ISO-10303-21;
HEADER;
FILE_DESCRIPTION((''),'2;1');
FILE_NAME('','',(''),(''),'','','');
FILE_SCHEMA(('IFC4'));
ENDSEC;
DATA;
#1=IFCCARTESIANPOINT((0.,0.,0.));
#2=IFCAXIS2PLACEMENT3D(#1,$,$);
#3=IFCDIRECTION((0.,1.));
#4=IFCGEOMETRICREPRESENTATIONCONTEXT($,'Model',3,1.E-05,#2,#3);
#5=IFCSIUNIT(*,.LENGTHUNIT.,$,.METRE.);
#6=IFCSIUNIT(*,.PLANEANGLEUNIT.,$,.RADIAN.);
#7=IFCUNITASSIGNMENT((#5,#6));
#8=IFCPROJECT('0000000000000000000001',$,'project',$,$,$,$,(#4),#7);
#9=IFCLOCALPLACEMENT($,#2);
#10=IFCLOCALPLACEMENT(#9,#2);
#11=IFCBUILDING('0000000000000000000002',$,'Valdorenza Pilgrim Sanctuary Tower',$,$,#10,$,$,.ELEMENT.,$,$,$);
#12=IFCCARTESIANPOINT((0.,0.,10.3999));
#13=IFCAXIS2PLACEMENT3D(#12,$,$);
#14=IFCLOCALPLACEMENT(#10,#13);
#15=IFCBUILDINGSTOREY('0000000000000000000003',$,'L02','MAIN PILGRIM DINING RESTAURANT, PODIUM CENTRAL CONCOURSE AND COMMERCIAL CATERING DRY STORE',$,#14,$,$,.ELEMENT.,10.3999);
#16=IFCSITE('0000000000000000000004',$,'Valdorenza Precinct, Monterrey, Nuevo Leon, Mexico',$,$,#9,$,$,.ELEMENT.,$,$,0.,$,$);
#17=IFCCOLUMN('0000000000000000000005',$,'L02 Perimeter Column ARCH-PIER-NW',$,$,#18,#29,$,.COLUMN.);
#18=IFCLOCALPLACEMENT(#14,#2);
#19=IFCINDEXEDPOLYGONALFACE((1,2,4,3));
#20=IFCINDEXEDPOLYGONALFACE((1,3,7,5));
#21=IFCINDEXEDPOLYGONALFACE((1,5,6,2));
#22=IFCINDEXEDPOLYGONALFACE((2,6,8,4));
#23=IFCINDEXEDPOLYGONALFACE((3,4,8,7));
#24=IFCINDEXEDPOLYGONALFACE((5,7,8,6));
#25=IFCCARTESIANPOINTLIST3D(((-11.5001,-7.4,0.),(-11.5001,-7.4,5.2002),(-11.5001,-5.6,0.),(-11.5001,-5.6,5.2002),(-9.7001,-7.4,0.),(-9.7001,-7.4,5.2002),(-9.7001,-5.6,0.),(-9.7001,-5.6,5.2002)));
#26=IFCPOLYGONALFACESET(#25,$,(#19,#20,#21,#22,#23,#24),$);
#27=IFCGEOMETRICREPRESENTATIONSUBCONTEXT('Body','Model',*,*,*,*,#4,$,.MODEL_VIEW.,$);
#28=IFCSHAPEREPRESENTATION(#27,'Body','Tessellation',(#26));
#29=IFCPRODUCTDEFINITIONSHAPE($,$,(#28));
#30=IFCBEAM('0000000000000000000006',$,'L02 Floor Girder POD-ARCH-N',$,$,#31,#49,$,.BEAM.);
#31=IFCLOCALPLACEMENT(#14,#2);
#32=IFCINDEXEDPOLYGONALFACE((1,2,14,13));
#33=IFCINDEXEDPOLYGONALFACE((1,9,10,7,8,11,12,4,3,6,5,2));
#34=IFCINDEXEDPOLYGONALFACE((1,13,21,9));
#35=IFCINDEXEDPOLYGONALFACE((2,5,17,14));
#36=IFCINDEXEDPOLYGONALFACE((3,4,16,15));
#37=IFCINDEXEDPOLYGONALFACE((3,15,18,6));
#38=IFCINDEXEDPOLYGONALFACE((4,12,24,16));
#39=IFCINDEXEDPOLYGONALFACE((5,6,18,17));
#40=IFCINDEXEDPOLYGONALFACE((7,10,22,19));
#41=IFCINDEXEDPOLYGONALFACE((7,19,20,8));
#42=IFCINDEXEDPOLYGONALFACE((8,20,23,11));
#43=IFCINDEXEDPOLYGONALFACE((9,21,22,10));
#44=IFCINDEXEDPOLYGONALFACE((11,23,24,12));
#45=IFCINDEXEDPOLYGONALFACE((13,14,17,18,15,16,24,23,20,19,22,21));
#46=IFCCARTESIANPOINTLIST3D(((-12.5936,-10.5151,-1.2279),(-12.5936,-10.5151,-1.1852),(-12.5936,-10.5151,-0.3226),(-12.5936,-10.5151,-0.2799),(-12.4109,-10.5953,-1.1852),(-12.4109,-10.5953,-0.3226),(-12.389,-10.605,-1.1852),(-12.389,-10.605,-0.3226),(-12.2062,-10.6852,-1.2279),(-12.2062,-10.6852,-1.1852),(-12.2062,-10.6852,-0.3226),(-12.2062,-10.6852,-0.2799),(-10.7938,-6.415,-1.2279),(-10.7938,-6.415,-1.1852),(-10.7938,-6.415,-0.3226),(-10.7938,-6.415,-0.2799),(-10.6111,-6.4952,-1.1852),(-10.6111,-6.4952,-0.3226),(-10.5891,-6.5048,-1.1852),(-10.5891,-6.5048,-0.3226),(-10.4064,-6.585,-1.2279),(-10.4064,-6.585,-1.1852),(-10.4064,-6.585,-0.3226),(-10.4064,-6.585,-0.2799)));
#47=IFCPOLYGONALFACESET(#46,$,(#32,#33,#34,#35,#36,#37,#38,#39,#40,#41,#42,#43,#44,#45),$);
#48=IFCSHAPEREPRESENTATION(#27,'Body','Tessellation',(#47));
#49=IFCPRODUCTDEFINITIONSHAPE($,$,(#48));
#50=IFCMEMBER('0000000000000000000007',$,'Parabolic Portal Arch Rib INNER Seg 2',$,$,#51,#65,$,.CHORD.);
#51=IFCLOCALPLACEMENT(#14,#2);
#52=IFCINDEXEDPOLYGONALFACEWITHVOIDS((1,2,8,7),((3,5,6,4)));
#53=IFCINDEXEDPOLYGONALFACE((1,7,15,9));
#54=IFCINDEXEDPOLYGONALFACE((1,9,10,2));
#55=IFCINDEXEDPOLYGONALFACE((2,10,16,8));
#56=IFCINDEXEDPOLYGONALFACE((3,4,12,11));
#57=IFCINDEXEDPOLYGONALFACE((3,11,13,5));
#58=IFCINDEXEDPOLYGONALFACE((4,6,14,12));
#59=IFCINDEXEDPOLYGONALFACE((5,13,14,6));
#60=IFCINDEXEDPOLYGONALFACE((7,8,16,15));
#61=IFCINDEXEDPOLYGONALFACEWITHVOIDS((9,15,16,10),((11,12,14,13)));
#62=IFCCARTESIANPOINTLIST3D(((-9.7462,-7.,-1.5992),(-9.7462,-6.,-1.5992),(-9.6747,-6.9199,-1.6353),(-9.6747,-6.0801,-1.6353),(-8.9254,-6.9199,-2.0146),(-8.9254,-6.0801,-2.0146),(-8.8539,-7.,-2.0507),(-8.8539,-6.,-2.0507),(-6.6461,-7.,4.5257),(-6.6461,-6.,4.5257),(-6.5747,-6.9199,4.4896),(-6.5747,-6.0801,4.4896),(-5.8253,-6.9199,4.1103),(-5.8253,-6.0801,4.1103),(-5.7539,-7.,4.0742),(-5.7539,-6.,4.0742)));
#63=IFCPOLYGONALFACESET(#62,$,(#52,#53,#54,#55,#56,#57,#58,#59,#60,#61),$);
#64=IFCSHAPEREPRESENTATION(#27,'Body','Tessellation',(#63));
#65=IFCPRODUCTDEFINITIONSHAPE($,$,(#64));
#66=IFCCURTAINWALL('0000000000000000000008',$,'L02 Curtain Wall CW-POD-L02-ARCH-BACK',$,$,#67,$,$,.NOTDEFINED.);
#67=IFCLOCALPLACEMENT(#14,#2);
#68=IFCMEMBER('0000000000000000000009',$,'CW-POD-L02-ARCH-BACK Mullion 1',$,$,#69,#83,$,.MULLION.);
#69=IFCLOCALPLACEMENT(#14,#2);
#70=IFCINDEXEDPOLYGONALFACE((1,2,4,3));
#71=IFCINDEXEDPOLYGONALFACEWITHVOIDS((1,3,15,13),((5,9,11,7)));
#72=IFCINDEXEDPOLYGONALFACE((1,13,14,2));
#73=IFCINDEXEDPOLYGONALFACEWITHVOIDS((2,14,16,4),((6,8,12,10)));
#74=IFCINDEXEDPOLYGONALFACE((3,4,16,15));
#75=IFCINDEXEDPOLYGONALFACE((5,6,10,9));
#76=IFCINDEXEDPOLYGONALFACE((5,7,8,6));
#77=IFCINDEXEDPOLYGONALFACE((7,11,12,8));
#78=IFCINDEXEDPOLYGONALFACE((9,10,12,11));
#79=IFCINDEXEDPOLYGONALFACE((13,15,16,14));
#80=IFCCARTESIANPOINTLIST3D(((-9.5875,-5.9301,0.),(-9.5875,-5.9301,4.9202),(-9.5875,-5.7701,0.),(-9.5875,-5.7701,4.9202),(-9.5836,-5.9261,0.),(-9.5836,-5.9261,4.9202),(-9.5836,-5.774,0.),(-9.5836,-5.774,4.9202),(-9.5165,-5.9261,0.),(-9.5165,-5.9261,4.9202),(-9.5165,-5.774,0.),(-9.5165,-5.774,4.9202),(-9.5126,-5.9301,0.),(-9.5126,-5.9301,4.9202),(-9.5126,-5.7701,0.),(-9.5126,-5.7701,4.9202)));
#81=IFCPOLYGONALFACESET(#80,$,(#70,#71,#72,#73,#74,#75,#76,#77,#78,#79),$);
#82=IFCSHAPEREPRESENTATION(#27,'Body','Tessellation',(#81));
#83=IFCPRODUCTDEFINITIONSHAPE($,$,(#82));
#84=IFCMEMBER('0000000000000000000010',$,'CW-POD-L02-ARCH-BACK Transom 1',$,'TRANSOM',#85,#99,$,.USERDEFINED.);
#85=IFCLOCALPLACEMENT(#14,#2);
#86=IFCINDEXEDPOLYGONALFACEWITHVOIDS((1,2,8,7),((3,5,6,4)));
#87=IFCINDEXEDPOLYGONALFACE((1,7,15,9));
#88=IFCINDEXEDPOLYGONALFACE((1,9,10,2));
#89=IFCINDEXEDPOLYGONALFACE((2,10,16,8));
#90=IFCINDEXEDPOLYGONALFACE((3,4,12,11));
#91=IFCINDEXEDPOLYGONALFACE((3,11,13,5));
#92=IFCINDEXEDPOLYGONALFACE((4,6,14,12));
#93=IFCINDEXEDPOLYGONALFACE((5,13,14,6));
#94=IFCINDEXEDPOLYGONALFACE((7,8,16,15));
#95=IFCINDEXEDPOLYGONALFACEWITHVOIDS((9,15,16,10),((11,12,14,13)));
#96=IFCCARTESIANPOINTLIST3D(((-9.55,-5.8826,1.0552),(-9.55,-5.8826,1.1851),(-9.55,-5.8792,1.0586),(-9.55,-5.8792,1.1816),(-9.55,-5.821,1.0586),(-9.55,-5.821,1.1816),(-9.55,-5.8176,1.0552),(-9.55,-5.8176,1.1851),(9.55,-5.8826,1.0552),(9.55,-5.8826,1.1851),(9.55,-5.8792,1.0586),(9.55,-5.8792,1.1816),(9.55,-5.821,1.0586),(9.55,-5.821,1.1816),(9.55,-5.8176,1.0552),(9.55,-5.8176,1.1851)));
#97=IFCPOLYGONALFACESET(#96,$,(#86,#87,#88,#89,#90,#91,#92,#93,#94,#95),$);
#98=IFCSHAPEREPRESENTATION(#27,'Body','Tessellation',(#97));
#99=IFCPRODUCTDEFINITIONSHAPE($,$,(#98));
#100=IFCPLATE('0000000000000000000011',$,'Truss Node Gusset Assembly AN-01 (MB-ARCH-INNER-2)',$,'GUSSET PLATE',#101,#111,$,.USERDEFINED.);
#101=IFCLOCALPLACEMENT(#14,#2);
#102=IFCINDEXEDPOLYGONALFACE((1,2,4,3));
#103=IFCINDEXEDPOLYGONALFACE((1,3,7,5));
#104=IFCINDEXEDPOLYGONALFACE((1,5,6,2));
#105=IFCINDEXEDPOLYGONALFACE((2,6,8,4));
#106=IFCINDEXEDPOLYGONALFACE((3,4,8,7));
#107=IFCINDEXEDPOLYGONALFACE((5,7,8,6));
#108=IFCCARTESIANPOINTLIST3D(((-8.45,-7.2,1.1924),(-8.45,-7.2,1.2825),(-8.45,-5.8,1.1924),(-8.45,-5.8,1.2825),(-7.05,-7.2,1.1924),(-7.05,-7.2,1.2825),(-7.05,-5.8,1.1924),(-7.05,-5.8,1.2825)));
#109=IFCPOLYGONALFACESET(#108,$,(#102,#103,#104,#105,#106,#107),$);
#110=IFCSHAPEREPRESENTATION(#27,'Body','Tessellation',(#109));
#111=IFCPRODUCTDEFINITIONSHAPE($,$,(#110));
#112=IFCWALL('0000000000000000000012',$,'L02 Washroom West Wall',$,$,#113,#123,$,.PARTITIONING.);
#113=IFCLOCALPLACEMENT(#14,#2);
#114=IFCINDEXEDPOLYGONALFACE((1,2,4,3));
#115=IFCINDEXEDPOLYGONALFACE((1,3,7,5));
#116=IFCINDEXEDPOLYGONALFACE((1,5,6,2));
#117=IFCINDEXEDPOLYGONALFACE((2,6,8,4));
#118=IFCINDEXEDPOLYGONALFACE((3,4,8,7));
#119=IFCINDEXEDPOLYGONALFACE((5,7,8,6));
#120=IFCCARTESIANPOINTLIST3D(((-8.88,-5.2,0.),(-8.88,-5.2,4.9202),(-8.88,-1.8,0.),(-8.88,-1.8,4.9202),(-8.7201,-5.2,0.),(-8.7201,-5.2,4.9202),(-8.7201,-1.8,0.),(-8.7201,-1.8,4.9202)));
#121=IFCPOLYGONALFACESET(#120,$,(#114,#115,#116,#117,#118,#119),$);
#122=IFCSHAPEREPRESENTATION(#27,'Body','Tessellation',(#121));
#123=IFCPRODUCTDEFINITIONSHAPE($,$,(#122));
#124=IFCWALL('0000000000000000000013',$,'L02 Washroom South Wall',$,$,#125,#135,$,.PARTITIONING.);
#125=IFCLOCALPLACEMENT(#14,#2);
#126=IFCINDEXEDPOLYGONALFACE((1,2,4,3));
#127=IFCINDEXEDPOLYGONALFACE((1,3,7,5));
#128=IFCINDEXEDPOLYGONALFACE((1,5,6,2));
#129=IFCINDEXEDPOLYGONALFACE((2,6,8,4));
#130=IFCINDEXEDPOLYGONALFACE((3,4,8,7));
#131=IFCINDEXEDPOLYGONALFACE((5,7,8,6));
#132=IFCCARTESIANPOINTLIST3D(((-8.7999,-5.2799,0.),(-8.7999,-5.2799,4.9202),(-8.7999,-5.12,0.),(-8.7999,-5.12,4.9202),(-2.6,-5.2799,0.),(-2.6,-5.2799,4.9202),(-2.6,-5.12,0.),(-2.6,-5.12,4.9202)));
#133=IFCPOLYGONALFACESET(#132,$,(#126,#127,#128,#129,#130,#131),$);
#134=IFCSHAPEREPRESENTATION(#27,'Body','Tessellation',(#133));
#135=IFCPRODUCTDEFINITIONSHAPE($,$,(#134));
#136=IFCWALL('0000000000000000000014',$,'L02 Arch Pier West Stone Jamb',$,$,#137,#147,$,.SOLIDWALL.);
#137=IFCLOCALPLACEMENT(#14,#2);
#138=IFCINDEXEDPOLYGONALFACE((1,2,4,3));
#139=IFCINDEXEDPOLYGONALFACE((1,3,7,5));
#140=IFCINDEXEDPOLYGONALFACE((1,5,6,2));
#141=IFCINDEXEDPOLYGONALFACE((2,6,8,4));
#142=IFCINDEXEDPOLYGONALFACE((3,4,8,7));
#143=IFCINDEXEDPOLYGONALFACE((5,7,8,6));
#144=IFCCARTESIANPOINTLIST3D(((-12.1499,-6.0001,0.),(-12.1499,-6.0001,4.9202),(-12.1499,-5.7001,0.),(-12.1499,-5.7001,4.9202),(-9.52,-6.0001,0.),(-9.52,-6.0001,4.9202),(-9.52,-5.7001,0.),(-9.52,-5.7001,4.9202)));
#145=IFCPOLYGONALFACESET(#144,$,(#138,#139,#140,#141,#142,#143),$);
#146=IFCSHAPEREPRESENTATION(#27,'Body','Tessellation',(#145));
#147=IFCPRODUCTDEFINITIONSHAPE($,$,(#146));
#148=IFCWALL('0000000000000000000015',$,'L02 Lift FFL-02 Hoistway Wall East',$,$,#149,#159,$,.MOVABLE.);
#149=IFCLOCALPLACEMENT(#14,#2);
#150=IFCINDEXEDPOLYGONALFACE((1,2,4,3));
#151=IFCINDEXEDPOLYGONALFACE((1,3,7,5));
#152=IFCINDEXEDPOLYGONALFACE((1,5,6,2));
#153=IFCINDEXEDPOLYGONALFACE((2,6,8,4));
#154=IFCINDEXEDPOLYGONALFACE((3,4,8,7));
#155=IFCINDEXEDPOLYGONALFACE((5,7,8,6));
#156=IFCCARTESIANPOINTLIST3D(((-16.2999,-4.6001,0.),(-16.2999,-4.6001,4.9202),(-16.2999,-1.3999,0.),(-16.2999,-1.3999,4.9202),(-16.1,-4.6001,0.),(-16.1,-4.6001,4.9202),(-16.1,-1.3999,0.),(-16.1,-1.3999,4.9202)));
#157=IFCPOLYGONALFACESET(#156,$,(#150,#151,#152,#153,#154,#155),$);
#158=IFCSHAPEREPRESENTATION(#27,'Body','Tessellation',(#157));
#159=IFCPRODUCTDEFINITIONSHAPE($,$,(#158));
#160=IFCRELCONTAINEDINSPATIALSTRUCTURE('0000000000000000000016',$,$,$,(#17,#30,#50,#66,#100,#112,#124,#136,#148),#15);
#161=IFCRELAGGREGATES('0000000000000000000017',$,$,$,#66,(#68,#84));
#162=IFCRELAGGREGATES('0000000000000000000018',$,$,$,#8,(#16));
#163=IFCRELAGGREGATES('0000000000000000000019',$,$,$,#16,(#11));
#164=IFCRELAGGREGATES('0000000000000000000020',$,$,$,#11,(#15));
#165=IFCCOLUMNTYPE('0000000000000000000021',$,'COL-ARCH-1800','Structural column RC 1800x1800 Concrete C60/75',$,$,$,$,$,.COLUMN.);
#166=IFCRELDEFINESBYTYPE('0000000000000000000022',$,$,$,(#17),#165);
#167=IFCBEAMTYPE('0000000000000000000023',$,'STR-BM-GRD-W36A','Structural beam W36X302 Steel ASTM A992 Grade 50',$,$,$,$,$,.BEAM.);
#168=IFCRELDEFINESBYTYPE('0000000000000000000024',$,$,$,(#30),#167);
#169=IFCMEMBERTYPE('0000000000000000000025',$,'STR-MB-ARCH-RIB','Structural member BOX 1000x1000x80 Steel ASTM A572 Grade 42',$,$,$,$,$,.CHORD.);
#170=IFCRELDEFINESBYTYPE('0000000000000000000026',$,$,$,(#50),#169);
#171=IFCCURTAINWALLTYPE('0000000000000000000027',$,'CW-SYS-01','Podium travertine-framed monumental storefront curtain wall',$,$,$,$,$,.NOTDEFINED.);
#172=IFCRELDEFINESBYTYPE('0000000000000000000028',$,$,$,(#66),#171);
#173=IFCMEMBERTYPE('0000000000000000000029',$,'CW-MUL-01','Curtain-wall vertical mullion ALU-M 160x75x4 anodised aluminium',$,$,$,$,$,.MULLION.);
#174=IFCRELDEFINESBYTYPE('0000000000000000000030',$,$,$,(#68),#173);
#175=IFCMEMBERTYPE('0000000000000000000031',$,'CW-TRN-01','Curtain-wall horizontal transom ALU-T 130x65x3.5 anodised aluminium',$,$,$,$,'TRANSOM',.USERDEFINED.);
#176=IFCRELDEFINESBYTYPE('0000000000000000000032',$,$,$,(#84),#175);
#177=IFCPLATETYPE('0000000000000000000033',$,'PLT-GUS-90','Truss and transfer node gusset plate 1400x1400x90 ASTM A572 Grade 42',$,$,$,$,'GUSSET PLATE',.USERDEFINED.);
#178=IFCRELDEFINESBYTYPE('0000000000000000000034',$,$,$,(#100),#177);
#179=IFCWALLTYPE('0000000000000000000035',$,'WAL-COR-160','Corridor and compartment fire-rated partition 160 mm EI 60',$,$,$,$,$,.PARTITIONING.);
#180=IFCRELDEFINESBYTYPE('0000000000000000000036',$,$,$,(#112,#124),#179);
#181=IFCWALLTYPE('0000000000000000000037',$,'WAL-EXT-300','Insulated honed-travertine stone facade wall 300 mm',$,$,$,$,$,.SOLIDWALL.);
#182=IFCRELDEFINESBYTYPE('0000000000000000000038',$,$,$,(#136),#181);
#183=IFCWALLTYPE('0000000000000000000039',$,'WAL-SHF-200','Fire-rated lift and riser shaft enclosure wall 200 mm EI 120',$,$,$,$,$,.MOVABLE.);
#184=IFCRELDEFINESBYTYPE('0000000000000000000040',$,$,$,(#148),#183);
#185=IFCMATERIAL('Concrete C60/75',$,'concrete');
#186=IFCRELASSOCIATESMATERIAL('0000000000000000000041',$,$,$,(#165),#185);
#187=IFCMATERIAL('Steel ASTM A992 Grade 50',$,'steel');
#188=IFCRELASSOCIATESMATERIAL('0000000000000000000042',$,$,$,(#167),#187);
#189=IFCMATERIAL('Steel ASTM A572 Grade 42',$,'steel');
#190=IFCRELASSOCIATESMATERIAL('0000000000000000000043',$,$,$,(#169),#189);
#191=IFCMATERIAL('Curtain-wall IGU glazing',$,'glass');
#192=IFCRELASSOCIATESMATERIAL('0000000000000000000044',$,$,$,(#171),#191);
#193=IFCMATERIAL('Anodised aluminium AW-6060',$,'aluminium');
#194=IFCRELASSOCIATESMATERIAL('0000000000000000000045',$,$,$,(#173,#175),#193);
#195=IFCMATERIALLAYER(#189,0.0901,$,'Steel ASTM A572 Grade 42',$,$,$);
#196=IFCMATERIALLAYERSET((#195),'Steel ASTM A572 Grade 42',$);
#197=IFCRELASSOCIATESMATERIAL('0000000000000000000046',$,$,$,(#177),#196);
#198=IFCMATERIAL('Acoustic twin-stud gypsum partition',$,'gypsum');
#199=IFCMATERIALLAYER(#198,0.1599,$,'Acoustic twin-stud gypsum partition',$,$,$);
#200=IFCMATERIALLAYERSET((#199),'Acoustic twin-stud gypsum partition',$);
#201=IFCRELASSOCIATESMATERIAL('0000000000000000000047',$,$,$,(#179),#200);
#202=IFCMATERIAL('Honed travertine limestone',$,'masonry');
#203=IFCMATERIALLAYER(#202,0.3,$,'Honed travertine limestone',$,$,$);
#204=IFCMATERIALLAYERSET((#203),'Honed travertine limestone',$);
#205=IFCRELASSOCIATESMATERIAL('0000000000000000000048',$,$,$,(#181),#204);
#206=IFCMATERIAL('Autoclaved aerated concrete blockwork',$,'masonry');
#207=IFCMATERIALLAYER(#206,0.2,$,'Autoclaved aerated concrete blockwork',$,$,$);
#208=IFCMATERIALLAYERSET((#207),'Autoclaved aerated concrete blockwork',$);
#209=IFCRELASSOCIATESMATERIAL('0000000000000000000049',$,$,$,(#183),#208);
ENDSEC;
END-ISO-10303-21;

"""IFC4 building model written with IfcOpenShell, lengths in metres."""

from ifc_helpers import new_model, si_unit, direction, frame, frame_2d, origin, origin_2d, place, context, subcontext, project, spatial, rectangle, hollow_rectangle, i_section, extrude, source, transform, mapped, material, layer, layer_set, material_profile, profile_set, type_object, element, aggregate, save


model = new_model("IFC4")

# Units and contexts
model_context = context("Model", 3, precision=1e-05, world=origin(), true_north=direction((0.0, 1.0)))
body_context = subcontext(model_context, "Body", "Model", "MODEL_VIEW")
ifc_project = project(units=[si_unit("LENGTHUNIT", "METRE"), si_unit("PLANEANGLEUNIT", "RADIAN")], contexts=[model_context])

# Site, building, storey
site_placement = place(None, origin())
site = spatial("IfcSite", under=ifc_project, at=site_placement, Name="Valdorenza Precinct, Monterrey, Nuevo Leon, Mexico", CompositionType="ELEMENT", RefElevation=0.0)
building_placement = place(site_placement, origin())
building = spatial("IfcBuilding", under=site, at=building_placement, Name="Valdorenza Pilgrim Sanctuary Tower", CompositionType="ELEMENT")
storey_placement = place(building_placement, frame((0.0, 0.0, 10.3999)))
storey = spatial("IfcBuildingStorey", under=building, at=storey_placement, Name="L02", Description="MAIN PILGRIM DINING RESTAURANT, PODIUM CENTRAL CONCOURSE AND COMMERCIAL CATERING DRY STORE", CompositionType="ELEMENT", Elevation=10.3999)

# Column
ifc_material_1 = material(Name="Concrete C60/75", Category="concrete")
ifc_material_profile_1 = material_profile(ifc_material_1, rectangle(XDim=1.8, YDim=1.8, at=origin_2d()), Name="RC 1800x1800")
ifc_profile_set_1 = profile_set([ifc_material_profile_1], Name="Concrete C60/75")
column_type = type_object("IfcColumnType", Name="COL-ARCH-1800", Description="Structural column RC 1800x1800 Concrete C60/75", PredefinedType="COLUMN", material=ifc_profile_set_1)
shared_shape_1 = source(origin(), body_context, "Body", "SweptSolid", [
    extrude(rectangle(XDim=1.8, YDim=1.8, at=origin_2d()), origin(), (0.0, 0.0, 1.0), 5.2002),
])
column_placement = place(storey_placement, frame((-10.6001, -6.5, 0.0), z_axis=(0.0, 0.0, 1.0), x_axis=(1.0, 0.0, 0.0)))
element("IfcColumn", 1, at=column_placement, inside=storey, type_object=column_type, Name="L02 Perimeter Column ARCH-PIER-NW", PredefinedType="COLUMN", context=body_context, shape_type="MappedRepresentation", body=[
    mapped(shared_shape_1, transform((0.0, 0.0, 0.0), x_axis=(1.0, 0.0, 0.0), y_axis=(0.0, 1.0, 0.0), z_axis=(0.0, 0.0, 1.0), scale=1.0)),
])

# Beam
ifc_material_2 = material(Name="Steel ASTM A992 Grade 50", Category="steel")
ifc_material_profile_2 = material_profile(ifc_material_2, i_section(OverallWidth=0.4231, OverallDepth=0.948, WebThickness=0.0239, FlangeThickness=0.0427, at=origin_2d()), Name="W36X302")
ifc_profile_set_2 = profile_set([ifc_material_profile_2], Name="Steel ASTM A992 Grade 50")
beam_type = type_object("IfcBeamType", Name="STR-BM-GRD-W36A", Description="Structural beam W36X302 Steel ASTM A992 Grade 50", PredefinedType="BEAM", material=ifc_profile_set_2)
shared_shape_2 = source(origin(), body_context, "Body", "SweptSolid", [
    extrude(i_section(OverallWidth=0.4231, OverallDepth=0.948, WebThickness=0.0239, FlangeThickness=0.0427, at=origin_2d()), origin(), (0.0, 0.0, 1.0), 4.4778),
])
beam_placement = place(storey_placement, frame((-10.6001, -6.5, -0.7539), z_axis=(-0.401945, -0.915664, 0.0), x_axis=(0.915664, -0.401945, 0.0)))
element("IfcBeam", 2, at=beam_placement, inside=storey, type_object=beam_type, Name="L02 Floor Girder POD-ARCH-N", PredefinedType="BEAM", context=body_context, shape_type="MappedRepresentation", body=[
    mapped(shared_shape_2, transform((0.0, 0.0, 0.0), x_axis=(1.0, 0.0, 0.0), y_axis=(0.0, 1.0, 0.0), z_axis=(0.0, 0.0, 1.0), scale=1.0)),
])

# Member
ifc_material_3 = material(Name="Steel ASTM A572 Grade 42", Category="steel")
ifc_material_profile_3 = material_profile(ifc_material_3, hollow_rectangle(XDim=1.0, YDim=1.0, WallThickness=0.0801, at=origin_2d()), Name="BOX 1000x1000x80")
ifc_profile_set_3 = profile_set([ifc_material_profile_3], Name="Steel ASTM A572 Grade 42")
member_type_1 = type_object("IfcMemberType", Name="STR-MB-ARCH-RIB", Description="Structural member BOX 1000x1000x80 Steel ASTM A572 Grade 42", PredefinedType="CHORD", material=ifc_profile_set_3)
shared_shape_3 = source(origin(), body_context, "Body", "SweptSolid", [
    extrude(hollow_rectangle(XDim=1.0, YDim=1.0, WallThickness=0.0801, at=origin_2d()), origin(), (0.0, 0.0, 1.0), 6.8647),
])
member_1_placement = place(storey_placement, frame((-9.3, -6.5, -1.825), z_axis=(0.45159, 0.0, 0.892226), x_axis=(0.0, 1.0, 0.0)))
element("IfcMember", 3, at=member_1_placement, inside=storey, type_object=member_type_1, Name="Parabolic Portal Arch Rib INNER Seg 2", PredefinedType="CHORD", context=body_context, shape_type="MappedRepresentation", body=[
    mapped(shared_shape_3, transform((0.0, 0.0, 0.0), x_axis=(1.0, 0.0, 0.0), y_axis=(0.0, 1.0, 0.0), z_axis=(0.0, 0.0, 1.0), scale=1.0)),
])

# Curtain wall, members
ifc_material_4 = material(Name="Curtain-wall IGU glazing", Category="glass")
curtain_wall_type = type_object("IfcCurtainWallType", Name="CW-SYS-01", Description="Podium travertine-framed monumental storefront curtain wall", PredefinedType="NOTDEFINED", material=ifc_material_4)
curtain_wall_placement = place(storey_placement, origin())
curtain_wall = element("IfcCurtainWall", 4, at=curtain_wall_placement, inside=storey, type_object=curtain_wall_type, Name="L02 Curtain Wall CW-POD-L02-ARCH-BACK", PredefinedType="NOTDEFINED")
ifc_material_5 = material(Name="Anodised aluminium AW-6060", Category="aluminium")
ifc_material_profile_4 = material_profile(ifc_material_5, hollow_rectangle(XDim=0.075, YDim=0.1599, WallThickness=0.0039, at=origin_2d()), Name="ALU-M 160x75x4")
ifc_profile_set_4 = profile_set([ifc_material_profile_4], Name="Anodised aluminium AW-6060")
member_type_2 = type_object("IfcMemberType", Name="CW-MUL-01", Description="Curtain-wall vertical mullion ALU-M 160x75x4 anodised aluminium", PredefinedType="MULLION", material=ifc_profile_set_4)
shared_shape_4 = source(origin(), body_context, "Body", "SweptSolid", [
    extrude(hollow_rectangle(XDim=0.075, YDim=0.1599, WallThickness=0.0039, at=origin_2d()), origin(), (0.0, 0.0, 1.0), 4.9202),
])
member_2_placement = place(storey_placement, frame((-9.55, -5.8501, 0.0), z_axis=(0.0, 0.0, 1.0), x_axis=(1.0, 0.0, 0.0)))
member_2 = element("IfcMember", 5, at=member_2_placement, type_object=member_type_2, Name="CW-POD-L02-ARCH-BACK Mullion 1", PredefinedType="MULLION", context=body_context, shape_type="MappedRepresentation", body=[
    mapped(shared_shape_4, transform((0.0, 0.0, 0.0), x_axis=(1.0, 0.0, 0.0), y_axis=(0.0, 1.0, 0.0), z_axis=(0.0, 0.0, 1.0), scale=1.0)),
])
ifc_material_profile_5 = material_profile(ifc_material_5, hollow_rectangle(XDim=0.0649, YDim=0.1299, WallThickness=0.0034, at=origin_2d()), Name="ALU-T 130x65x3.5")
ifc_profile_set_5 = profile_set([ifc_material_profile_5], Name="Anodised aluminium AW-6060")
member_type_3 = type_object("IfcMemberType", Name="CW-TRN-01", Description="Curtain-wall horizontal transom ALU-T 130x65x3.5 anodised aluminium", ElementType="TRANSOM", PredefinedType="USERDEFINED", material=ifc_profile_set_5)
shared_shape_5 = source(origin(), body_context, "Body", "SweptSolid", [
    extrude(hollow_rectangle(XDim=0.0649, YDim=0.1299, WallThickness=0.0034, at=origin_2d()), origin(), (0.0, 0.0, 1.0), 19.1001),
])
member_3_placement = place(storey_placement, frame((-9.55, -5.8501, 1.1201), z_axis=(1.0, 0.0, 0.0), x_axis=(0.0, 1.0, 0.0)))
member_3 = element("IfcMember", 6, at=member_3_placement, type_object=member_type_3, Name="CW-POD-L02-ARCH-BACK Transom 1", ObjectType="TRANSOM", PredefinedType="USERDEFINED", context=body_context, shape_type="MappedRepresentation", body=[
    mapped(shared_shape_5, transform((0.0, 0.0, 0.0), x_axis=(1.0, 0.0, 0.0), y_axis=(0.0, 1.0, 0.0), z_axis=(0.0, 0.0, 1.0), scale=1.0)),
])
aggregate(curtain_wall, [member_2, member_3])

# Plate
ifc_layer_1 = layer(ifc_material_3, 0.0901, Name="Steel ASTM A572 Grade 42")
ifc_layer_set_1 = layer_set([ifc_layer_1], Name="Steel ASTM A572 Grade 42")
plate_type = type_object("IfcPlateType", Name="PLT-GUS-90", Description="Truss and transfer node gusset plate 1400x1400x90 ASTM A572 Grade 42", ElementType="GUSSET PLATE", PredefinedType="USERDEFINED", material=ifc_layer_set_1)
shared_shape_6 = source(origin(), body_context, "Body", "SweptSolid", [
    extrude(rectangle(XDim=1.3999, YDim=1.3999, at=origin_2d()), origin(), (0.0, 0.0, 1.0), 0.0901),
])
plate_placement = place(storey_placement, frame((-7.75, -6.5, 1.1924), z_axis=(0.0, 0.0, 1.0), x_axis=(1.0, 0.0, 0.0)))
element("IfcPlate", 7, at=plate_placement, inside=storey, type_object=plate_type, Name="Truss Node Gusset Assembly AN-01 (MB-ARCH-INNER-2)", ObjectType="GUSSET PLATE", PredefinedType="USERDEFINED", context=body_context, shape_type="MappedRepresentation", body=[
    mapped(shared_shape_6, transform((0.0, 0.0, 0.0), x_axis=(1.0, 0.0, 0.0), y_axis=(0.0, 1.0, 0.0), z_axis=(0.0, 0.0, 1.0), scale=1.0)),
])

# Walls
ifc_material_6 = material(Name="Acoustic twin-stud gypsum partition", Category="gypsum")
ifc_layer_2 = layer(ifc_material_6, 0.1599, Name="Acoustic twin-stud gypsum partition")
ifc_layer_set_2 = layer_set([ifc_layer_2], Name="Acoustic twin-stud gypsum partition")
wall_type_1 = type_object("IfcWallType", Name="WAL-COR-160", Description="Corridor and compartment fire-rated partition 160 mm EI 60", PredefinedType="PARTITIONING", material=ifc_layer_set_2)
wall_1_placement = place(storey_placement, frame((-8.8, -5.2, 0.0), z_axis=(0.0, 0.0, 1.0), x_axis=(0.0, 1.0, 0.0)))
element("IfcWall", 8, at=wall_1_placement, inside=storey, type_object=wall_type_1, Name="L02 Washroom West Wall", PredefinedType="PARTITIONING", context=body_context, shape_type="SweptSolid", body=[
    extrude(rectangle(XDim=3.3999, YDim=0.1599, at=frame_2d((1.7, 0.0))), origin(), (0.0, 0.0, 1.0), 4.9202),
])
wall_2_placement = place(storey_placement, frame((-8.8, -5.2, 0.0), z_axis=(0.0, 0.0, 1.0), x_axis=(1.0, 0.0, 0.0)))
element("IfcWall", 9, at=wall_2_placement, inside=storey, type_object=wall_type_1, Name="L02 Washroom South Wall", PredefinedType="PARTITIONING", context=body_context, shape_type="SweptSolid", body=[
    extrude(rectangle(XDim=6.2, YDim=0.1599, at=frame_2d((3.1001, 0.0))), origin(), (0.0, 0.0, 1.0), 4.9202),
])
ifc_material_7 = material(Name="Honed travertine limestone", Category="masonry")
ifc_layer_3 = layer(ifc_material_7, 0.3, Name="Honed travertine limestone")
ifc_layer_set_3 = layer_set([ifc_layer_3], Name="Honed travertine limestone")
wall_type_2 = type_object("IfcWallType", Name="WAL-EXT-300", Description="Insulated honed-travertine stone facade wall 300 mm", PredefinedType="SOLIDWALL", material=ifc_layer_set_3)
wall_3_placement = place(storey_placement, frame((-12.1499, -5.8501, 0.0), z_axis=(0.0, 0.0, 1.0), x_axis=(1.0, 0.0, 0.0)))
element("IfcWall", 10, at=wall_3_placement, inside=storey, type_object=wall_type_2, Name="L02 Arch Pier West Stone Jamb", PredefinedType="SOLIDWALL", context=body_context, shape_type="SweptSolid", body=[
    extrude(rectangle(XDim=2.6299, YDim=0.3, at=frame_2d((1.3149, 0.0))), origin(), (0.0, 0.0, 1.0), 4.9202),
])
ifc_material_8 = material(Name="Autoclaved aerated concrete blockwork", Category="masonry")
ifc_layer_4 = layer(ifc_material_8, 0.2, Name="Autoclaved aerated concrete blockwork")
ifc_layer_set_4 = layer_set([ifc_layer_4], Name="Autoclaved aerated concrete blockwork")
wall_type_3 = type_object("IfcWallType", Name="WAL-SHF-200", Description="Fire-rated lift and riser shaft enclosure wall 200 mm EI 120", PredefinedType="MOVABLE", material=ifc_layer_set_4)
wall_4_placement = place(storey_placement, frame((-16.2, -4.6001, 0.0), z_axis=(0.0, 0.0, 1.0), x_axis=(0.0, 1.0, 0.0)))
element("IfcWall", 11, at=wall_4_placement, inside=storey, type_object=wall_type_3, Name="L02 Lift FFL-02 Hoistway Wall East", PredefinedType="MOVABLE", context=body_context, shape_type="SweptSolid", body=[
    extrude(rectangle(XDim=3.2002, YDim=0.2, at=frame_2d((1.6001, 0.0))), origin(), (0.0, 0.0, 1.0), 4.9202),
])

save(model, "model.ifc")
